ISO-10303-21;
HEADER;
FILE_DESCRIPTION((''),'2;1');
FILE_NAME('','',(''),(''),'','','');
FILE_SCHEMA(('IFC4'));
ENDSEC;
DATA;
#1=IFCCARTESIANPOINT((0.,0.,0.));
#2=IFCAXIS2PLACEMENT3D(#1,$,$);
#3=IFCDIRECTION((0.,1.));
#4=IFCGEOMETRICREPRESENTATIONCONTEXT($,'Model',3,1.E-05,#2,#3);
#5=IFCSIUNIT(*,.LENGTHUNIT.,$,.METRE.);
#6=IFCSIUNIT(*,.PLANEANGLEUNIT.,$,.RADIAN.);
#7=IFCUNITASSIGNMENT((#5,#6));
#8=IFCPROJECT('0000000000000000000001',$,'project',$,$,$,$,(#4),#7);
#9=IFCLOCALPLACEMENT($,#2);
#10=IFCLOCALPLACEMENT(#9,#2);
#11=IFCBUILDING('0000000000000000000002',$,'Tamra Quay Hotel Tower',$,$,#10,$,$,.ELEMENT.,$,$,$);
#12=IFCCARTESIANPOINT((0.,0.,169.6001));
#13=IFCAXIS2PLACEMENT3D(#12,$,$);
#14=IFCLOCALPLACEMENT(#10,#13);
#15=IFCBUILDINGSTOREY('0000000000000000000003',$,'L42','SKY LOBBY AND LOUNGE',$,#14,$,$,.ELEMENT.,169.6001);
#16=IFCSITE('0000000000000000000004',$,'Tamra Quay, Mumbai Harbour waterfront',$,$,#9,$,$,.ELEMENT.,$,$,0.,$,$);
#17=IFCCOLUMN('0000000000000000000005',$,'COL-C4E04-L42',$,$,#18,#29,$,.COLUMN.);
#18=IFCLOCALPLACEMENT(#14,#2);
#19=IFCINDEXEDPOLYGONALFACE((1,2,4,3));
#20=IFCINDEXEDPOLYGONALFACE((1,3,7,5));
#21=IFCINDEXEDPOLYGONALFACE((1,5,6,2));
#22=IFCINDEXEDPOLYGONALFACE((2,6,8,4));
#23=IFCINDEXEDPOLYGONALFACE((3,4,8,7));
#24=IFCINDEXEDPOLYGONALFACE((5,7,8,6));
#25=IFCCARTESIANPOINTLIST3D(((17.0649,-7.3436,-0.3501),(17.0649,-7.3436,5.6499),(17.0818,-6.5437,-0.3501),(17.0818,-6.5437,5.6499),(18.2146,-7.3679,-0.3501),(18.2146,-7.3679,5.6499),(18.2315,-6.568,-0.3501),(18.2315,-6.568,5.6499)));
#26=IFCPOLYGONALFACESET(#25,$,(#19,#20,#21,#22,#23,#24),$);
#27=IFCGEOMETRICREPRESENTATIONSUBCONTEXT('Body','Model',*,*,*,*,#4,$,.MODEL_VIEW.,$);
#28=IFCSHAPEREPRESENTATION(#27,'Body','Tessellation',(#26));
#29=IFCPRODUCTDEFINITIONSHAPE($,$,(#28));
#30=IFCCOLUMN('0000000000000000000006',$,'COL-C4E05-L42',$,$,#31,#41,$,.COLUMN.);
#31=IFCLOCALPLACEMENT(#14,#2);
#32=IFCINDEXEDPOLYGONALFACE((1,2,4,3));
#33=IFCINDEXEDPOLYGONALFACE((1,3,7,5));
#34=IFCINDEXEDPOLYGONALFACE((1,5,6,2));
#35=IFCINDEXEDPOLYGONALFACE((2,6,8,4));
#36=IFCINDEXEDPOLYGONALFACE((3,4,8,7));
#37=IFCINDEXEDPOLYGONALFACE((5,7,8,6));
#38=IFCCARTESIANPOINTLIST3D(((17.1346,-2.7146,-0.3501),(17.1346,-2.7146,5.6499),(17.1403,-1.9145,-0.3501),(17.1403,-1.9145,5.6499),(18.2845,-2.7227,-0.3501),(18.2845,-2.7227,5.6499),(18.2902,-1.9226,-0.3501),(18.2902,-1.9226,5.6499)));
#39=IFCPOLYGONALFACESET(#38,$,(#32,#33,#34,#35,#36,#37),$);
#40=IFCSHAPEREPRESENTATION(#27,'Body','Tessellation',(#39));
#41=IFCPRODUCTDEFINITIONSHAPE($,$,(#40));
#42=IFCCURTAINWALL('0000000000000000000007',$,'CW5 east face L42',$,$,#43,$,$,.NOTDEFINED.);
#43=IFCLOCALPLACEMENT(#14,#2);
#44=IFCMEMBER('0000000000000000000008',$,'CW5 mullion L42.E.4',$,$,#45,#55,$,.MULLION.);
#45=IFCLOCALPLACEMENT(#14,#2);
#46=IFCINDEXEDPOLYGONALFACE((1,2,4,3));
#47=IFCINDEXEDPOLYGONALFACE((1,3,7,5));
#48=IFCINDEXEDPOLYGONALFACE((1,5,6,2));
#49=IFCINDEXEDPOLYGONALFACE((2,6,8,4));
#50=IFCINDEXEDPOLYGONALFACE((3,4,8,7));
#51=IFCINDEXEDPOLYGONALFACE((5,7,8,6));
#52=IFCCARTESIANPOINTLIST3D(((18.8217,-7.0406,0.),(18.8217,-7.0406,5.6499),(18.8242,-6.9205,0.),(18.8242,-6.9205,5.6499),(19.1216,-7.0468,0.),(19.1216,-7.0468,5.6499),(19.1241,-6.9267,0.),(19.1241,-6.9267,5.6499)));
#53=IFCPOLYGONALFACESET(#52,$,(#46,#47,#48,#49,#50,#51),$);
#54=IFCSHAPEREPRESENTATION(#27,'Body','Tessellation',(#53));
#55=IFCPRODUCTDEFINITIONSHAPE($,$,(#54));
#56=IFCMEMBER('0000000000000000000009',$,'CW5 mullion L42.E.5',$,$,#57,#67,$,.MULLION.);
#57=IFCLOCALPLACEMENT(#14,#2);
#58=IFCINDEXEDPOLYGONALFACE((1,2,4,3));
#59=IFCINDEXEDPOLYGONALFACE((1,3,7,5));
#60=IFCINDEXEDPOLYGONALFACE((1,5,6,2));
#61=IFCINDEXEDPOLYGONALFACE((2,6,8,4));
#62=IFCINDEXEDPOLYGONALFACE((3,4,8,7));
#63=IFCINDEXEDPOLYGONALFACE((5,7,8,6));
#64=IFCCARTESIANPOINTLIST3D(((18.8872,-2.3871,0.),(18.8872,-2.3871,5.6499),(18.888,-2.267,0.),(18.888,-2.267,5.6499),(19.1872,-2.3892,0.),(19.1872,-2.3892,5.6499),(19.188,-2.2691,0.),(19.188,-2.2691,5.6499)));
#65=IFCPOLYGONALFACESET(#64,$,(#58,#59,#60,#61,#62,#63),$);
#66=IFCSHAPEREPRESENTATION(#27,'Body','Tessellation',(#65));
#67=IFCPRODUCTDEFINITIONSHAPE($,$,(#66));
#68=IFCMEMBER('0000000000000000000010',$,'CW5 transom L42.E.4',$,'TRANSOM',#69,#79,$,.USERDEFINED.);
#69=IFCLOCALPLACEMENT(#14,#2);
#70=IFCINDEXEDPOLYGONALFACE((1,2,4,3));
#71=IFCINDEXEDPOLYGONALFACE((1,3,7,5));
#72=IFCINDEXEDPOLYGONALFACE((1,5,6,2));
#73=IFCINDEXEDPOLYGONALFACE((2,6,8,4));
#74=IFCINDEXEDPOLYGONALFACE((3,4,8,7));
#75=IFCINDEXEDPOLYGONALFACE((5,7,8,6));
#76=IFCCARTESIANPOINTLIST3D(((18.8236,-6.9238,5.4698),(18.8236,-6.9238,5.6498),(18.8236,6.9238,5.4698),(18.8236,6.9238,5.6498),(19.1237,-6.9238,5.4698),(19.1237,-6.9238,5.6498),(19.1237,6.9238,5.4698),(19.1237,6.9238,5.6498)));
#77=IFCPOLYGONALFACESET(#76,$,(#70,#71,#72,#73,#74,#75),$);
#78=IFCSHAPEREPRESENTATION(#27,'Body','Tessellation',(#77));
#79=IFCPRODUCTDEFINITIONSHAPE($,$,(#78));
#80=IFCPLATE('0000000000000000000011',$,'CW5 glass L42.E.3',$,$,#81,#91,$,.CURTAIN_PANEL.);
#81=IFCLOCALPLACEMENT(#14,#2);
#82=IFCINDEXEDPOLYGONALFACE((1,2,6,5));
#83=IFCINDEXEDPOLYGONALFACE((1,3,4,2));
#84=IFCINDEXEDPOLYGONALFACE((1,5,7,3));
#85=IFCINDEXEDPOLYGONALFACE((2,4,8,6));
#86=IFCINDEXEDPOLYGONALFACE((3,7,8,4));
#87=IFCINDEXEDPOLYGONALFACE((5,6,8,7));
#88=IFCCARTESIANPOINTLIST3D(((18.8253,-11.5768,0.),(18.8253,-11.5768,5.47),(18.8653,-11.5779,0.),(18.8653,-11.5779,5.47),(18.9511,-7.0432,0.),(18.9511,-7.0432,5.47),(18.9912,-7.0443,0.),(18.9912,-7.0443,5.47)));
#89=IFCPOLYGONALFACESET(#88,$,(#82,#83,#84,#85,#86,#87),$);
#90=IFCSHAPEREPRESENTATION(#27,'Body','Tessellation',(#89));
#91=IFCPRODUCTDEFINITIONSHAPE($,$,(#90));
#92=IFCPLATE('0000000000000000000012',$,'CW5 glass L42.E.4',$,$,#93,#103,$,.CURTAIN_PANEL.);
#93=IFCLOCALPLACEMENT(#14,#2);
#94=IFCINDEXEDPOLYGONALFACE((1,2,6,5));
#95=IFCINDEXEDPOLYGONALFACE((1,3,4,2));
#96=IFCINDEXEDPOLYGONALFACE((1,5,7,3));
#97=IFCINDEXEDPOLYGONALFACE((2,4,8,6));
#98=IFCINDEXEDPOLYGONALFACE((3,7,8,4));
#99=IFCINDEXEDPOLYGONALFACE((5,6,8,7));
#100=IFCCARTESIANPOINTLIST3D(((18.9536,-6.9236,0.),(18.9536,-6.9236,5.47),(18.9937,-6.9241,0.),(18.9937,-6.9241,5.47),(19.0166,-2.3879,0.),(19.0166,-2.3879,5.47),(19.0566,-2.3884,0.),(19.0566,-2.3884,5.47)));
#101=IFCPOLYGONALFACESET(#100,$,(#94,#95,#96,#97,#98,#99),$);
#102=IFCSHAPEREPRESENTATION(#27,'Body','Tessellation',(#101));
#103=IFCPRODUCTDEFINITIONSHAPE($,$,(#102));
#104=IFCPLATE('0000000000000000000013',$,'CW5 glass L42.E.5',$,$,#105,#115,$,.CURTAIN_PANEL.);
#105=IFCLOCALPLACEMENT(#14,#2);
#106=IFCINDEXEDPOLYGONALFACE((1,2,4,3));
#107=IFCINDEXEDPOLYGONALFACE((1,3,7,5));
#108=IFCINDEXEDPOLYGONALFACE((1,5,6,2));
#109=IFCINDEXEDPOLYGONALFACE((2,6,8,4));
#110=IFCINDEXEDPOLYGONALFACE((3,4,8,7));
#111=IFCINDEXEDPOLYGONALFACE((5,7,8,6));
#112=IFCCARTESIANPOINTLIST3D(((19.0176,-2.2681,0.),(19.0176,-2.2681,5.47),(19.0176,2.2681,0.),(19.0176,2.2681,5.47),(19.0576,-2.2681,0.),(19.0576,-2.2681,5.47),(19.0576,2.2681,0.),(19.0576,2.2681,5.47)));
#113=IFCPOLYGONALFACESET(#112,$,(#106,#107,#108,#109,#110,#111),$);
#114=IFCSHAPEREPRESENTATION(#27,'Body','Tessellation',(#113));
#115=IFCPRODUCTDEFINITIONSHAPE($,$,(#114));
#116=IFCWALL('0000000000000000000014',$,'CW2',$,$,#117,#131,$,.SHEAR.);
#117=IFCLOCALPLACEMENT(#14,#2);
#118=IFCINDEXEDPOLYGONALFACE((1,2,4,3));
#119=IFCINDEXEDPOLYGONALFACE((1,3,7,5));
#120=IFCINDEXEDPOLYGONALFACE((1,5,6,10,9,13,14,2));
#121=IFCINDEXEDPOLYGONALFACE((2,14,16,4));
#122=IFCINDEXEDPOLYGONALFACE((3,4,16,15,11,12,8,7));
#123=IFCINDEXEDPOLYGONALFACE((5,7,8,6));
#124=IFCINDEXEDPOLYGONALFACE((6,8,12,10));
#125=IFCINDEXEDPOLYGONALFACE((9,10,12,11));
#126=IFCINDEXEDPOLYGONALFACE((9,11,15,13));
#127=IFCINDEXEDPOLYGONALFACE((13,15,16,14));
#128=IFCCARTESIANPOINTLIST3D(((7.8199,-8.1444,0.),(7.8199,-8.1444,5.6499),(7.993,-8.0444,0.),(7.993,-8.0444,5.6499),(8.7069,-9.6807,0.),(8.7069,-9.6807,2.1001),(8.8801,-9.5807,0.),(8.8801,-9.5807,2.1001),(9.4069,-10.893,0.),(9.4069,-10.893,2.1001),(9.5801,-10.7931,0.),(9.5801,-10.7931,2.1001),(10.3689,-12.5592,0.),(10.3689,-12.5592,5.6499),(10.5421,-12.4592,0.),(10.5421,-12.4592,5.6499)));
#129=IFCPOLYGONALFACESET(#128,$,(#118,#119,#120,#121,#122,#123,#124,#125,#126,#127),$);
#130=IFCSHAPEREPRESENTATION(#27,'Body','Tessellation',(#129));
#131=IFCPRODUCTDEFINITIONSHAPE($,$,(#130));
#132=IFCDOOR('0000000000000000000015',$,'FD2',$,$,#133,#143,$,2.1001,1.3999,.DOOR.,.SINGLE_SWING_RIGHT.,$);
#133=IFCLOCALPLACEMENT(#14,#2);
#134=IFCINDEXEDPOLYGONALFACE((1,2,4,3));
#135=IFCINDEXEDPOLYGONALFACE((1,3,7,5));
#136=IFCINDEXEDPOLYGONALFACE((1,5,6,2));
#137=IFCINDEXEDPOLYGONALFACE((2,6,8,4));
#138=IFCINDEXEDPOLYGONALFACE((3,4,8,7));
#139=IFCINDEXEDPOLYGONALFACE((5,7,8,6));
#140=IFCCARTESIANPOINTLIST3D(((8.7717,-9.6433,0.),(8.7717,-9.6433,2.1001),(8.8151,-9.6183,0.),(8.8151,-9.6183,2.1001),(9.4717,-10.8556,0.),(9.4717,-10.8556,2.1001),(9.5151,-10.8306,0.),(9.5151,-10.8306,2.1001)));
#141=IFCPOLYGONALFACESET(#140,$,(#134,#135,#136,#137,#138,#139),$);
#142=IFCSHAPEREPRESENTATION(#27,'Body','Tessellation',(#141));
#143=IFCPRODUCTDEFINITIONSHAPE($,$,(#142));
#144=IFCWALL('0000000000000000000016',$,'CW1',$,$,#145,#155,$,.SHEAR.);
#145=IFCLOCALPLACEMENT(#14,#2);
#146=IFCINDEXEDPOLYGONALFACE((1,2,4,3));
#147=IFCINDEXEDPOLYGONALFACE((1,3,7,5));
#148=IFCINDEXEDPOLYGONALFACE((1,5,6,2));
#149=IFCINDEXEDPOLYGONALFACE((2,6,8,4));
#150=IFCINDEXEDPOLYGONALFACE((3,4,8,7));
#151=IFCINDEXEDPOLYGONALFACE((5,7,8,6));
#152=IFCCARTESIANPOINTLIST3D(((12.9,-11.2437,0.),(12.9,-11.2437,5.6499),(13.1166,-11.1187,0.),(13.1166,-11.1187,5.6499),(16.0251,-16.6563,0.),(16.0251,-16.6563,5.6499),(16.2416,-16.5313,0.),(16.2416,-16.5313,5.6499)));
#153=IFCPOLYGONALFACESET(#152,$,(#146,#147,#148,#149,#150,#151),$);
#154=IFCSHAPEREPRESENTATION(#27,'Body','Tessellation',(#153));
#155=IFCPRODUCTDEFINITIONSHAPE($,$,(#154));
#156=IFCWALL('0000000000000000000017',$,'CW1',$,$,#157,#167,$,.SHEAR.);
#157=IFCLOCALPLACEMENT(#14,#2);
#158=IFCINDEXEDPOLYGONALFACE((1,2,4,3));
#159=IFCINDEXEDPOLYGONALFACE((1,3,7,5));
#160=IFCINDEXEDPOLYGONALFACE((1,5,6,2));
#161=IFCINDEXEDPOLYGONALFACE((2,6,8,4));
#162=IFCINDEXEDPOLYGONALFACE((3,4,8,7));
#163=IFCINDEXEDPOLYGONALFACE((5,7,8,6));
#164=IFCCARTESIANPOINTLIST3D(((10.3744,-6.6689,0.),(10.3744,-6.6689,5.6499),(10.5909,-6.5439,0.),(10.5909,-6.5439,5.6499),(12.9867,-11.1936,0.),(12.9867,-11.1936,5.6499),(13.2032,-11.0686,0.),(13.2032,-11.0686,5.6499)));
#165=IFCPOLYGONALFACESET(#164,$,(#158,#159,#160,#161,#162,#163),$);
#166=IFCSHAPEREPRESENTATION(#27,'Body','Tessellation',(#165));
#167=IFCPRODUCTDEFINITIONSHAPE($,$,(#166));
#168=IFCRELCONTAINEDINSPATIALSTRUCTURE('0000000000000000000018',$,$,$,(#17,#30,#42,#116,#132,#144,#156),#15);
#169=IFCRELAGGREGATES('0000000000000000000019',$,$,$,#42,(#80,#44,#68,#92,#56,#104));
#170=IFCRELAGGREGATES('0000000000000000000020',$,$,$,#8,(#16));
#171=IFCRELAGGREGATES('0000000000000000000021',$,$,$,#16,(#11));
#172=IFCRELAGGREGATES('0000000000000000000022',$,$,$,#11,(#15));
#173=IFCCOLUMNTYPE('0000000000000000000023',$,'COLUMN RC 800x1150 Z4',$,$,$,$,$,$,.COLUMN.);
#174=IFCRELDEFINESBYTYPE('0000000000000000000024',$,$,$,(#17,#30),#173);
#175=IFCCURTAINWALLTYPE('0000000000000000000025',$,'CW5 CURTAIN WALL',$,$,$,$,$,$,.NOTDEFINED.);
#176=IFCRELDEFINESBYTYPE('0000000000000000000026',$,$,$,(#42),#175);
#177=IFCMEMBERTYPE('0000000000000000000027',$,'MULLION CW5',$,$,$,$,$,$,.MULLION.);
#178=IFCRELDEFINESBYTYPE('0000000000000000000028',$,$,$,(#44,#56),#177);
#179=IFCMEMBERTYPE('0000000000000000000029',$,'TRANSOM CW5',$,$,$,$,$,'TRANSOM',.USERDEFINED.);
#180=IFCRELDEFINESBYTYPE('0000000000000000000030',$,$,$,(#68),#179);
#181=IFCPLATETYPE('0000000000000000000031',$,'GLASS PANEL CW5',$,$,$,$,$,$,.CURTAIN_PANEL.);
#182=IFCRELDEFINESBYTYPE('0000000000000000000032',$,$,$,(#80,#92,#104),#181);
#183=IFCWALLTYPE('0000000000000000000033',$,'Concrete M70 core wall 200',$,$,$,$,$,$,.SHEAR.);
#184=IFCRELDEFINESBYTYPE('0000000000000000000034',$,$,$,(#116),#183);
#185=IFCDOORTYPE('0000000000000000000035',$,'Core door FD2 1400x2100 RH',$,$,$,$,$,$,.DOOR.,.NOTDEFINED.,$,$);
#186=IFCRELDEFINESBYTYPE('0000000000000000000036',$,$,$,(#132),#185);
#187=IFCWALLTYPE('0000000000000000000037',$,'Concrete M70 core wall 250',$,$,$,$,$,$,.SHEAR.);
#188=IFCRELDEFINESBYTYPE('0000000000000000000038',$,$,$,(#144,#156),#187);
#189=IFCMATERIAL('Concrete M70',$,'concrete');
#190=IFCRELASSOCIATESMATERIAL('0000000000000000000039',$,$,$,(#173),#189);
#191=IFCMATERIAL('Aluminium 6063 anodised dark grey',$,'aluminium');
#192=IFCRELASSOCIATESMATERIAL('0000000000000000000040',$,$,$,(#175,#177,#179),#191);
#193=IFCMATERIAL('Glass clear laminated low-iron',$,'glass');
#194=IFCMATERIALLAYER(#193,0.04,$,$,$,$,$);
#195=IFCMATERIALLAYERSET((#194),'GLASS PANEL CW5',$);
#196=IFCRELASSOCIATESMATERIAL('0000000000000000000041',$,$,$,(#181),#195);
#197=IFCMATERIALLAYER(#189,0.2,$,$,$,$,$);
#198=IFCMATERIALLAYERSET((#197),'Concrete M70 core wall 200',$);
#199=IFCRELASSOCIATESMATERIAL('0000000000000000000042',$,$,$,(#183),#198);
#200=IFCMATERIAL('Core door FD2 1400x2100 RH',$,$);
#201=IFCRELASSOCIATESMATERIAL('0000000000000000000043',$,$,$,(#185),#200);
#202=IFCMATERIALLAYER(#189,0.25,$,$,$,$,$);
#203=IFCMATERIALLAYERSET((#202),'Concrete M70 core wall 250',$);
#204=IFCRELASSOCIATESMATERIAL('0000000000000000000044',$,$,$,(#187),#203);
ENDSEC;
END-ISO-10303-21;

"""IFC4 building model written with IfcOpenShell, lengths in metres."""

from ifc_helpers import new_model, si_unit, direction, frame, frame_2d, origin, origin_2d, place, context, subcontext, project, spatial, rectangle, extrude, material, layer, layer_set, material_profile, profile_set, type_object, element, fill, aggregate, save


model = new_model("IFC4")

# Units and contexts
model_context = context("Model", 3, precision=1e-05, world=origin(), true_north=direction((0.0, 1.0)))
body_context = subcontext(model_context, "Body", "Model", "MODEL_VIEW")
ifc_project = project(units=[si_unit("LENGTHUNIT", "METRE"), si_unit("PLANEANGLEUNIT", "RADIAN")], contexts=[model_context])

# Site, building, storey
site_placement = place(None, origin())
site = spatial("IfcSite", under=ifc_project, at=site_placement, Name="Tamra Quay, Mumbai Harbour waterfront", CompositionType="ELEMENT", RefElevation=0.0)
building_placement = place(site_placement, origin())
building = spatial("IfcBuilding", under=site, at=building_placement, Name="Tamra Quay Hotel Tower", CompositionType="ELEMENT")
storey_placement = place(building_placement, frame((0.0, 0.0, 169.6001)))
storey = spatial("IfcBuildingStorey", under=building, at=storey_placement, Name="L42", Description="SKY LOBBY AND LOUNGE", CompositionType="ELEMENT", Elevation=169.6001)

# Columns
ifc_material_1 = material(Name="Concrete M70", Category="concrete")
ifc_material_profile_1 = material_profile(ifc_material_1, rectangle(XDim=1.1499, YDim=0.8, at=origin_2d()), Name="COLUMN RC 800x1150 Z4")
ifc_profile_set_1 = profile_set([ifc_material_profile_1], Name="Concrete M70")
column_type = type_object("IfcColumnType", Name="COLUMN RC 800x1150 Z4", PredefinedType="COLUMN", material=ifc_profile_set_1)
for number, where, z_axis, x_axis, name in (
    (1, (17.6482, -6.9558, -0.3501), (0.0, 0.0, 1.0), (-0.999777, 0.021115, 0.0), "COL-C4E04-L42"),
    (2, (17.7124, -2.3186, -0.3501), (0.0, 0.0, 1.0), (-0.999975, 0.007041, 0.0), "COL-C4E05-L42"),
):
    element("IfcColumn", number, at=place(storey_placement, frame(where, z_axis=z_axis, x_axis=x_axis)), inside=storey, type_object=column_type, Name=name, PredefinedType="COLUMN", context=body_context, shape_type="SweptSolid", body=[
        extrude(rectangle(XDim=1.1499, YDim=0.8, at=origin_2d()), origin(), (0.0, 0.0, 1.0), 6.0),
    ])

# Curtain wall, members, plates
ifc_material_2 = material(Name="Aluminium 6063 anodised dark grey", Category="aluminium")
curtain_wall_type = type_object("IfcCurtainWallType", Name="CW5 CURTAIN WALL", PredefinedType="NOTDEFINED", material=ifc_material_2)
curtain_wall_placement = place(storey_placement, origin())
curtain_wall = element("IfcCurtainWall", 3, at=curtain_wall_placement, inside=storey, type_object=curtain_wall_type, Name="CW5 east face L42", PredefinedType="NOTDEFINED")
ifc_material_profile_2 = material_profile(ifc_material_2, rectangle(XDim=0.3, YDim=0.1201, at=origin_2d()), Name="MULLION 120X300")
ifc_profile_set_2 = profile_set([ifc_material_profile_2], Name="Aluminium 6063 anodised dark grey")
member_type_1 = type_object("IfcMemberType", Name="MULLION CW5", PredefinedType="MULLION", material=ifc_profile_set_2)
member_1_placement = place(storey_placement, frame((18.9729, -6.9836, 0.0), z_axis=(0.0, 0.0, 1.0), x_axis=(0.999783, -0.02082, 0.0)))
member_1 = element("IfcMember", 4, at=member_1_placement, type_object=member_type_1, Name="CW5 mullion L42.E.4", PredefinedType="MULLION", context=body_context, shape_type="SweptSolid", body=[
    extrude(rectangle(XDim=0.3, YDim=0.1201, at=origin_2d()), origin(), (0.0, 0.0, 1.0), 5.6499),
])
member_2_placement = place(storey_placement, frame((19.0376, -2.3281, 0.0), z_axis=(0.0, 0.0, 1.0), x_axis=(0.999976, -0.006943, 0.0)))
member_2 = element("IfcMember", 5, at=member_2_placement, type_object=member_type_1, Name="CW5 mullion L42.E.5", PredefinedType="MULLION", context=body_context, shape_type="SweptSolid", body=[
    extrude(rectangle(XDim=0.3, YDim=0.1201, at=origin_2d()), origin(), (0.0, 0.0, 1.0), 5.6499),
])
ifc_material_profile_3 = material_profile(ifc_material_2, rectangle(XDim=0.3, YDim=0.1799, at=origin_2d()), Name="TRANSOM 300X180")
ifc_profile_set_3 = profile_set([ifc_material_profile_3], Name="Aluminium 6063 anodised dark grey")
member_type_2 = type_object("IfcMemberType", Name="TRANSOM CW5", ElementType="TRANSOM", PredefinedType="USERDEFINED", material=ifc_profile_set_3)
member_3_placement = place(storey_placement, frame((18.9736, -6.9238, 5.5598), z_axis=(0.0, 1.0, 0.0), x_axis=(-1.0, 0.0, 0.0)))
member_3 = element("IfcMember", 6, at=member_3_placement, type_object=member_type_2, Name="CW5 transom L42.E.4", ObjectType="TRANSOM", PredefinedType="USERDEFINED", context=body_context, shape_type="SweptSolid", body=[
    extrude(rectangle(XDim=0.3, YDim=0.1799, at=origin_2d()), origin(), (0.0, 0.0, 1.0), 13.8477),
])
ifc_material_3 = material(Name="Glass clear laminated low-iron", Category="glass")
ifc_layer_1 = layer(ifc_material_3, 0.04)
ifc_layer_set_1 = layer_set([ifc_layer_1], Name="GLASS PANEL CW5")
plate_type = type_object("IfcPlateType", Name="GLASS PANEL CW5", PredefinedType="CURTAIN_PANEL", material=ifc_layer_set_1)
plate_1_placement = place(storey_placement, frame((18.9082, -9.3105, 0.0), z_axis=(0.0, 0.0, 1.0), x_axis=(0.027754, 0.999615, 0.0)))
plate_1 = element("IfcPlate", 7, at=plate_1_placement, type_object=plate_type, Name="CW5 glass L42.E.3", PredefinedType="CURTAIN_PANEL", context=body_context, shape_type="SweptSolid", body=[
    extrude(rectangle(XDim=4.5354, YDim=0.04, at=origin_2d()), origin(), (0.0, 0.0, 1.0), 5.47),
])
plate_2_placement = place(storey_placement, frame((19.0051, -4.656, 0.0), z_axis=(0.0, 0.0, 1.0), x_axis=(0.013886, 0.999904, 0.0)))
plate_2 = element("IfcPlate", 8, at=plate_2_placement, type_object=plate_type, Name="CW5 glass L42.E.4", PredefinedType="CURTAIN_PANEL", context=body_context, shape_type="SweptSolid", body=[
    extrude(rectangle(XDim=4.5361, YDim=0.04, at=origin_2d()), origin(), (0.0, 0.0, 1.0), 5.47),
])
plate_3_placement = place(storey_placement, frame((19.0376, 0.0, 0.0), z_axis=(0.0, 0.0, 1.0), x_axis=(0.0, 1.0, 0.0)))
plate_3 = element("IfcPlate", 9, at=plate_3_placement, type_object=plate_type, Name="CW5 glass L42.E.5", PredefinedType="CURTAIN_PANEL", context=body_context, shape_type="SweptSolid", body=[
    extrude(rectangle(XDim=4.5361, YDim=0.04, at=origin_2d()), origin(), (0.0, 0.0, 1.0), 5.47),
])
aggregate(curtain_wall, [plate_1, member_1, member_3, plate_2, member_2, plate_3])

# Wall, opening, door
ifc_layer_2 = layer(ifc_material_1, 0.2)
ifc_layer_set_2 = layer_set([ifc_layer_2], Name="Concrete M70 core wall 200")
wall_type_1 = type_object("IfcWallType", Name="Concrete M70 core wall 200", PredefinedType="SHEAR", material=ifc_layer_set_2)
wall_1_placement = place(storey_placement, frame((7.9065, -8.0945, 0.0), z_axis=(0.0, 0.0, 1.0), x_axis=(0.500028, -0.866009, 0.0)))
wall_1 = element("IfcWall", 10, at=wall_1_placement, inside=storey, type_object=wall_type_1, Name="CW2", PredefinedType="SHEAR", context=body_context, shape_type="SweptSolid", body=[
    extrude(rectangle(XDim=5.0979, YDim=0.2, at=frame_2d((2.5488, 0.0))), origin(), (0.0, 0.0, 1.0), 5.6499),
])
opening_1_placement = place(wall_1_placement, frame((1.7739, 0.0, 0.0)))
opening_1 = element("IfcOpeningElement", 11, at=opening_1_placement, cuts=wall_1, PredefinedType="OPENING", context=body_context, shape_type="SweptSolid", body=[
    extrude(rectangle(XDim=1.3999, YDim=2.1001, at=frame_2d((0.7, 1.05))), frame((0.0, 0.1099, 0.0), z_axis=(0.0, -1.0, 0.0), x_axis=(1.0, 0.0, 0.0)), (0.0, 0.0, 1.0), 0.22),
])
ifc_material_4 = material(Name="Core door FD2 1400x2100 RH")
door_type_1 = type_object("IfcDoorType", Name="Core door FD2 1400x2100 RH", OperationType="NOTDEFINED", PredefinedType="DOOR", material=ifc_material_4)
door_1_placement = place(opening_1_placement, origin())
door_1 = element("IfcDoor", 12, at=door_1_placement, inside=storey, type_object=door_type_1, Name="FD2", OperationType="SINGLE_SWING_RIGHT", OverallHeight=2.1001, OverallWidth=1.3999, PredefinedType="DOOR", context=body_context, shape_type="SweptSolid", body=[
    extrude(rectangle(XDim=1.3999, YDim=2.1001, at=frame_2d((0.7, 1.05))), frame((0.0, 0.0249, 0.0), z_axis=(0.0, -1.0, 0.0), x_axis=(1.0, 0.0, 0.0)), (0.0, 0.0, 1.0), 0.05),
])
fill(opening_1, door_1)

# Walls
ifc_layer_3 = layer(ifc_material_1, 0.25)
ifc_layer_set_3 = layer_set([ifc_layer_3], Name="Concrete M70 core wall 250")
wall_type_2 = type_object("IfcWallType", Name="Concrete M70 core wall 250", PredefinedType="SHEAR", material=ifc_layer_set_3)
wall_2_placement = place(storey_placement, frame((13.0083, -11.1812, 0.0), z_axis=(0.0, 0.0, 1.0), x_axis=(0.500004, -0.866023, 0.0)))
element("IfcWall", 13, at=wall_2_placement, inside=storey, type_object=wall_type_2, Name="CW1", PredefinedType="SHEAR", context=body_context, shape_type="SweptSolid", body=[
    extrude(rectangle(XDim=6.25, YDim=0.25, at=frame_2d((3.125, 0.0))), origin(), (0.0, 0.0, 1.0), 5.6499),
])
wall_3_placement = place(storey_placement, frame((10.4827, -6.6064, 0.0), z_axis=(0.0, 0.0, 1.0), x_axis=(0.499999, -0.866026, 0.0)))
element("IfcWall", 14, at=wall_3_placement, inside=storey, type_object=wall_type_2, Name="CW1", PredefinedType="SHEAR", context=body_context, shape_type="SweptSolid", body=[
    extrude(rectangle(XDim=5.2246, YDim=0.25, at=frame_2d((2.6123, 0.0))), origin(), (0.0, 0.0, 1.0), 5.6499),
])

save(model, "model.ifc")
